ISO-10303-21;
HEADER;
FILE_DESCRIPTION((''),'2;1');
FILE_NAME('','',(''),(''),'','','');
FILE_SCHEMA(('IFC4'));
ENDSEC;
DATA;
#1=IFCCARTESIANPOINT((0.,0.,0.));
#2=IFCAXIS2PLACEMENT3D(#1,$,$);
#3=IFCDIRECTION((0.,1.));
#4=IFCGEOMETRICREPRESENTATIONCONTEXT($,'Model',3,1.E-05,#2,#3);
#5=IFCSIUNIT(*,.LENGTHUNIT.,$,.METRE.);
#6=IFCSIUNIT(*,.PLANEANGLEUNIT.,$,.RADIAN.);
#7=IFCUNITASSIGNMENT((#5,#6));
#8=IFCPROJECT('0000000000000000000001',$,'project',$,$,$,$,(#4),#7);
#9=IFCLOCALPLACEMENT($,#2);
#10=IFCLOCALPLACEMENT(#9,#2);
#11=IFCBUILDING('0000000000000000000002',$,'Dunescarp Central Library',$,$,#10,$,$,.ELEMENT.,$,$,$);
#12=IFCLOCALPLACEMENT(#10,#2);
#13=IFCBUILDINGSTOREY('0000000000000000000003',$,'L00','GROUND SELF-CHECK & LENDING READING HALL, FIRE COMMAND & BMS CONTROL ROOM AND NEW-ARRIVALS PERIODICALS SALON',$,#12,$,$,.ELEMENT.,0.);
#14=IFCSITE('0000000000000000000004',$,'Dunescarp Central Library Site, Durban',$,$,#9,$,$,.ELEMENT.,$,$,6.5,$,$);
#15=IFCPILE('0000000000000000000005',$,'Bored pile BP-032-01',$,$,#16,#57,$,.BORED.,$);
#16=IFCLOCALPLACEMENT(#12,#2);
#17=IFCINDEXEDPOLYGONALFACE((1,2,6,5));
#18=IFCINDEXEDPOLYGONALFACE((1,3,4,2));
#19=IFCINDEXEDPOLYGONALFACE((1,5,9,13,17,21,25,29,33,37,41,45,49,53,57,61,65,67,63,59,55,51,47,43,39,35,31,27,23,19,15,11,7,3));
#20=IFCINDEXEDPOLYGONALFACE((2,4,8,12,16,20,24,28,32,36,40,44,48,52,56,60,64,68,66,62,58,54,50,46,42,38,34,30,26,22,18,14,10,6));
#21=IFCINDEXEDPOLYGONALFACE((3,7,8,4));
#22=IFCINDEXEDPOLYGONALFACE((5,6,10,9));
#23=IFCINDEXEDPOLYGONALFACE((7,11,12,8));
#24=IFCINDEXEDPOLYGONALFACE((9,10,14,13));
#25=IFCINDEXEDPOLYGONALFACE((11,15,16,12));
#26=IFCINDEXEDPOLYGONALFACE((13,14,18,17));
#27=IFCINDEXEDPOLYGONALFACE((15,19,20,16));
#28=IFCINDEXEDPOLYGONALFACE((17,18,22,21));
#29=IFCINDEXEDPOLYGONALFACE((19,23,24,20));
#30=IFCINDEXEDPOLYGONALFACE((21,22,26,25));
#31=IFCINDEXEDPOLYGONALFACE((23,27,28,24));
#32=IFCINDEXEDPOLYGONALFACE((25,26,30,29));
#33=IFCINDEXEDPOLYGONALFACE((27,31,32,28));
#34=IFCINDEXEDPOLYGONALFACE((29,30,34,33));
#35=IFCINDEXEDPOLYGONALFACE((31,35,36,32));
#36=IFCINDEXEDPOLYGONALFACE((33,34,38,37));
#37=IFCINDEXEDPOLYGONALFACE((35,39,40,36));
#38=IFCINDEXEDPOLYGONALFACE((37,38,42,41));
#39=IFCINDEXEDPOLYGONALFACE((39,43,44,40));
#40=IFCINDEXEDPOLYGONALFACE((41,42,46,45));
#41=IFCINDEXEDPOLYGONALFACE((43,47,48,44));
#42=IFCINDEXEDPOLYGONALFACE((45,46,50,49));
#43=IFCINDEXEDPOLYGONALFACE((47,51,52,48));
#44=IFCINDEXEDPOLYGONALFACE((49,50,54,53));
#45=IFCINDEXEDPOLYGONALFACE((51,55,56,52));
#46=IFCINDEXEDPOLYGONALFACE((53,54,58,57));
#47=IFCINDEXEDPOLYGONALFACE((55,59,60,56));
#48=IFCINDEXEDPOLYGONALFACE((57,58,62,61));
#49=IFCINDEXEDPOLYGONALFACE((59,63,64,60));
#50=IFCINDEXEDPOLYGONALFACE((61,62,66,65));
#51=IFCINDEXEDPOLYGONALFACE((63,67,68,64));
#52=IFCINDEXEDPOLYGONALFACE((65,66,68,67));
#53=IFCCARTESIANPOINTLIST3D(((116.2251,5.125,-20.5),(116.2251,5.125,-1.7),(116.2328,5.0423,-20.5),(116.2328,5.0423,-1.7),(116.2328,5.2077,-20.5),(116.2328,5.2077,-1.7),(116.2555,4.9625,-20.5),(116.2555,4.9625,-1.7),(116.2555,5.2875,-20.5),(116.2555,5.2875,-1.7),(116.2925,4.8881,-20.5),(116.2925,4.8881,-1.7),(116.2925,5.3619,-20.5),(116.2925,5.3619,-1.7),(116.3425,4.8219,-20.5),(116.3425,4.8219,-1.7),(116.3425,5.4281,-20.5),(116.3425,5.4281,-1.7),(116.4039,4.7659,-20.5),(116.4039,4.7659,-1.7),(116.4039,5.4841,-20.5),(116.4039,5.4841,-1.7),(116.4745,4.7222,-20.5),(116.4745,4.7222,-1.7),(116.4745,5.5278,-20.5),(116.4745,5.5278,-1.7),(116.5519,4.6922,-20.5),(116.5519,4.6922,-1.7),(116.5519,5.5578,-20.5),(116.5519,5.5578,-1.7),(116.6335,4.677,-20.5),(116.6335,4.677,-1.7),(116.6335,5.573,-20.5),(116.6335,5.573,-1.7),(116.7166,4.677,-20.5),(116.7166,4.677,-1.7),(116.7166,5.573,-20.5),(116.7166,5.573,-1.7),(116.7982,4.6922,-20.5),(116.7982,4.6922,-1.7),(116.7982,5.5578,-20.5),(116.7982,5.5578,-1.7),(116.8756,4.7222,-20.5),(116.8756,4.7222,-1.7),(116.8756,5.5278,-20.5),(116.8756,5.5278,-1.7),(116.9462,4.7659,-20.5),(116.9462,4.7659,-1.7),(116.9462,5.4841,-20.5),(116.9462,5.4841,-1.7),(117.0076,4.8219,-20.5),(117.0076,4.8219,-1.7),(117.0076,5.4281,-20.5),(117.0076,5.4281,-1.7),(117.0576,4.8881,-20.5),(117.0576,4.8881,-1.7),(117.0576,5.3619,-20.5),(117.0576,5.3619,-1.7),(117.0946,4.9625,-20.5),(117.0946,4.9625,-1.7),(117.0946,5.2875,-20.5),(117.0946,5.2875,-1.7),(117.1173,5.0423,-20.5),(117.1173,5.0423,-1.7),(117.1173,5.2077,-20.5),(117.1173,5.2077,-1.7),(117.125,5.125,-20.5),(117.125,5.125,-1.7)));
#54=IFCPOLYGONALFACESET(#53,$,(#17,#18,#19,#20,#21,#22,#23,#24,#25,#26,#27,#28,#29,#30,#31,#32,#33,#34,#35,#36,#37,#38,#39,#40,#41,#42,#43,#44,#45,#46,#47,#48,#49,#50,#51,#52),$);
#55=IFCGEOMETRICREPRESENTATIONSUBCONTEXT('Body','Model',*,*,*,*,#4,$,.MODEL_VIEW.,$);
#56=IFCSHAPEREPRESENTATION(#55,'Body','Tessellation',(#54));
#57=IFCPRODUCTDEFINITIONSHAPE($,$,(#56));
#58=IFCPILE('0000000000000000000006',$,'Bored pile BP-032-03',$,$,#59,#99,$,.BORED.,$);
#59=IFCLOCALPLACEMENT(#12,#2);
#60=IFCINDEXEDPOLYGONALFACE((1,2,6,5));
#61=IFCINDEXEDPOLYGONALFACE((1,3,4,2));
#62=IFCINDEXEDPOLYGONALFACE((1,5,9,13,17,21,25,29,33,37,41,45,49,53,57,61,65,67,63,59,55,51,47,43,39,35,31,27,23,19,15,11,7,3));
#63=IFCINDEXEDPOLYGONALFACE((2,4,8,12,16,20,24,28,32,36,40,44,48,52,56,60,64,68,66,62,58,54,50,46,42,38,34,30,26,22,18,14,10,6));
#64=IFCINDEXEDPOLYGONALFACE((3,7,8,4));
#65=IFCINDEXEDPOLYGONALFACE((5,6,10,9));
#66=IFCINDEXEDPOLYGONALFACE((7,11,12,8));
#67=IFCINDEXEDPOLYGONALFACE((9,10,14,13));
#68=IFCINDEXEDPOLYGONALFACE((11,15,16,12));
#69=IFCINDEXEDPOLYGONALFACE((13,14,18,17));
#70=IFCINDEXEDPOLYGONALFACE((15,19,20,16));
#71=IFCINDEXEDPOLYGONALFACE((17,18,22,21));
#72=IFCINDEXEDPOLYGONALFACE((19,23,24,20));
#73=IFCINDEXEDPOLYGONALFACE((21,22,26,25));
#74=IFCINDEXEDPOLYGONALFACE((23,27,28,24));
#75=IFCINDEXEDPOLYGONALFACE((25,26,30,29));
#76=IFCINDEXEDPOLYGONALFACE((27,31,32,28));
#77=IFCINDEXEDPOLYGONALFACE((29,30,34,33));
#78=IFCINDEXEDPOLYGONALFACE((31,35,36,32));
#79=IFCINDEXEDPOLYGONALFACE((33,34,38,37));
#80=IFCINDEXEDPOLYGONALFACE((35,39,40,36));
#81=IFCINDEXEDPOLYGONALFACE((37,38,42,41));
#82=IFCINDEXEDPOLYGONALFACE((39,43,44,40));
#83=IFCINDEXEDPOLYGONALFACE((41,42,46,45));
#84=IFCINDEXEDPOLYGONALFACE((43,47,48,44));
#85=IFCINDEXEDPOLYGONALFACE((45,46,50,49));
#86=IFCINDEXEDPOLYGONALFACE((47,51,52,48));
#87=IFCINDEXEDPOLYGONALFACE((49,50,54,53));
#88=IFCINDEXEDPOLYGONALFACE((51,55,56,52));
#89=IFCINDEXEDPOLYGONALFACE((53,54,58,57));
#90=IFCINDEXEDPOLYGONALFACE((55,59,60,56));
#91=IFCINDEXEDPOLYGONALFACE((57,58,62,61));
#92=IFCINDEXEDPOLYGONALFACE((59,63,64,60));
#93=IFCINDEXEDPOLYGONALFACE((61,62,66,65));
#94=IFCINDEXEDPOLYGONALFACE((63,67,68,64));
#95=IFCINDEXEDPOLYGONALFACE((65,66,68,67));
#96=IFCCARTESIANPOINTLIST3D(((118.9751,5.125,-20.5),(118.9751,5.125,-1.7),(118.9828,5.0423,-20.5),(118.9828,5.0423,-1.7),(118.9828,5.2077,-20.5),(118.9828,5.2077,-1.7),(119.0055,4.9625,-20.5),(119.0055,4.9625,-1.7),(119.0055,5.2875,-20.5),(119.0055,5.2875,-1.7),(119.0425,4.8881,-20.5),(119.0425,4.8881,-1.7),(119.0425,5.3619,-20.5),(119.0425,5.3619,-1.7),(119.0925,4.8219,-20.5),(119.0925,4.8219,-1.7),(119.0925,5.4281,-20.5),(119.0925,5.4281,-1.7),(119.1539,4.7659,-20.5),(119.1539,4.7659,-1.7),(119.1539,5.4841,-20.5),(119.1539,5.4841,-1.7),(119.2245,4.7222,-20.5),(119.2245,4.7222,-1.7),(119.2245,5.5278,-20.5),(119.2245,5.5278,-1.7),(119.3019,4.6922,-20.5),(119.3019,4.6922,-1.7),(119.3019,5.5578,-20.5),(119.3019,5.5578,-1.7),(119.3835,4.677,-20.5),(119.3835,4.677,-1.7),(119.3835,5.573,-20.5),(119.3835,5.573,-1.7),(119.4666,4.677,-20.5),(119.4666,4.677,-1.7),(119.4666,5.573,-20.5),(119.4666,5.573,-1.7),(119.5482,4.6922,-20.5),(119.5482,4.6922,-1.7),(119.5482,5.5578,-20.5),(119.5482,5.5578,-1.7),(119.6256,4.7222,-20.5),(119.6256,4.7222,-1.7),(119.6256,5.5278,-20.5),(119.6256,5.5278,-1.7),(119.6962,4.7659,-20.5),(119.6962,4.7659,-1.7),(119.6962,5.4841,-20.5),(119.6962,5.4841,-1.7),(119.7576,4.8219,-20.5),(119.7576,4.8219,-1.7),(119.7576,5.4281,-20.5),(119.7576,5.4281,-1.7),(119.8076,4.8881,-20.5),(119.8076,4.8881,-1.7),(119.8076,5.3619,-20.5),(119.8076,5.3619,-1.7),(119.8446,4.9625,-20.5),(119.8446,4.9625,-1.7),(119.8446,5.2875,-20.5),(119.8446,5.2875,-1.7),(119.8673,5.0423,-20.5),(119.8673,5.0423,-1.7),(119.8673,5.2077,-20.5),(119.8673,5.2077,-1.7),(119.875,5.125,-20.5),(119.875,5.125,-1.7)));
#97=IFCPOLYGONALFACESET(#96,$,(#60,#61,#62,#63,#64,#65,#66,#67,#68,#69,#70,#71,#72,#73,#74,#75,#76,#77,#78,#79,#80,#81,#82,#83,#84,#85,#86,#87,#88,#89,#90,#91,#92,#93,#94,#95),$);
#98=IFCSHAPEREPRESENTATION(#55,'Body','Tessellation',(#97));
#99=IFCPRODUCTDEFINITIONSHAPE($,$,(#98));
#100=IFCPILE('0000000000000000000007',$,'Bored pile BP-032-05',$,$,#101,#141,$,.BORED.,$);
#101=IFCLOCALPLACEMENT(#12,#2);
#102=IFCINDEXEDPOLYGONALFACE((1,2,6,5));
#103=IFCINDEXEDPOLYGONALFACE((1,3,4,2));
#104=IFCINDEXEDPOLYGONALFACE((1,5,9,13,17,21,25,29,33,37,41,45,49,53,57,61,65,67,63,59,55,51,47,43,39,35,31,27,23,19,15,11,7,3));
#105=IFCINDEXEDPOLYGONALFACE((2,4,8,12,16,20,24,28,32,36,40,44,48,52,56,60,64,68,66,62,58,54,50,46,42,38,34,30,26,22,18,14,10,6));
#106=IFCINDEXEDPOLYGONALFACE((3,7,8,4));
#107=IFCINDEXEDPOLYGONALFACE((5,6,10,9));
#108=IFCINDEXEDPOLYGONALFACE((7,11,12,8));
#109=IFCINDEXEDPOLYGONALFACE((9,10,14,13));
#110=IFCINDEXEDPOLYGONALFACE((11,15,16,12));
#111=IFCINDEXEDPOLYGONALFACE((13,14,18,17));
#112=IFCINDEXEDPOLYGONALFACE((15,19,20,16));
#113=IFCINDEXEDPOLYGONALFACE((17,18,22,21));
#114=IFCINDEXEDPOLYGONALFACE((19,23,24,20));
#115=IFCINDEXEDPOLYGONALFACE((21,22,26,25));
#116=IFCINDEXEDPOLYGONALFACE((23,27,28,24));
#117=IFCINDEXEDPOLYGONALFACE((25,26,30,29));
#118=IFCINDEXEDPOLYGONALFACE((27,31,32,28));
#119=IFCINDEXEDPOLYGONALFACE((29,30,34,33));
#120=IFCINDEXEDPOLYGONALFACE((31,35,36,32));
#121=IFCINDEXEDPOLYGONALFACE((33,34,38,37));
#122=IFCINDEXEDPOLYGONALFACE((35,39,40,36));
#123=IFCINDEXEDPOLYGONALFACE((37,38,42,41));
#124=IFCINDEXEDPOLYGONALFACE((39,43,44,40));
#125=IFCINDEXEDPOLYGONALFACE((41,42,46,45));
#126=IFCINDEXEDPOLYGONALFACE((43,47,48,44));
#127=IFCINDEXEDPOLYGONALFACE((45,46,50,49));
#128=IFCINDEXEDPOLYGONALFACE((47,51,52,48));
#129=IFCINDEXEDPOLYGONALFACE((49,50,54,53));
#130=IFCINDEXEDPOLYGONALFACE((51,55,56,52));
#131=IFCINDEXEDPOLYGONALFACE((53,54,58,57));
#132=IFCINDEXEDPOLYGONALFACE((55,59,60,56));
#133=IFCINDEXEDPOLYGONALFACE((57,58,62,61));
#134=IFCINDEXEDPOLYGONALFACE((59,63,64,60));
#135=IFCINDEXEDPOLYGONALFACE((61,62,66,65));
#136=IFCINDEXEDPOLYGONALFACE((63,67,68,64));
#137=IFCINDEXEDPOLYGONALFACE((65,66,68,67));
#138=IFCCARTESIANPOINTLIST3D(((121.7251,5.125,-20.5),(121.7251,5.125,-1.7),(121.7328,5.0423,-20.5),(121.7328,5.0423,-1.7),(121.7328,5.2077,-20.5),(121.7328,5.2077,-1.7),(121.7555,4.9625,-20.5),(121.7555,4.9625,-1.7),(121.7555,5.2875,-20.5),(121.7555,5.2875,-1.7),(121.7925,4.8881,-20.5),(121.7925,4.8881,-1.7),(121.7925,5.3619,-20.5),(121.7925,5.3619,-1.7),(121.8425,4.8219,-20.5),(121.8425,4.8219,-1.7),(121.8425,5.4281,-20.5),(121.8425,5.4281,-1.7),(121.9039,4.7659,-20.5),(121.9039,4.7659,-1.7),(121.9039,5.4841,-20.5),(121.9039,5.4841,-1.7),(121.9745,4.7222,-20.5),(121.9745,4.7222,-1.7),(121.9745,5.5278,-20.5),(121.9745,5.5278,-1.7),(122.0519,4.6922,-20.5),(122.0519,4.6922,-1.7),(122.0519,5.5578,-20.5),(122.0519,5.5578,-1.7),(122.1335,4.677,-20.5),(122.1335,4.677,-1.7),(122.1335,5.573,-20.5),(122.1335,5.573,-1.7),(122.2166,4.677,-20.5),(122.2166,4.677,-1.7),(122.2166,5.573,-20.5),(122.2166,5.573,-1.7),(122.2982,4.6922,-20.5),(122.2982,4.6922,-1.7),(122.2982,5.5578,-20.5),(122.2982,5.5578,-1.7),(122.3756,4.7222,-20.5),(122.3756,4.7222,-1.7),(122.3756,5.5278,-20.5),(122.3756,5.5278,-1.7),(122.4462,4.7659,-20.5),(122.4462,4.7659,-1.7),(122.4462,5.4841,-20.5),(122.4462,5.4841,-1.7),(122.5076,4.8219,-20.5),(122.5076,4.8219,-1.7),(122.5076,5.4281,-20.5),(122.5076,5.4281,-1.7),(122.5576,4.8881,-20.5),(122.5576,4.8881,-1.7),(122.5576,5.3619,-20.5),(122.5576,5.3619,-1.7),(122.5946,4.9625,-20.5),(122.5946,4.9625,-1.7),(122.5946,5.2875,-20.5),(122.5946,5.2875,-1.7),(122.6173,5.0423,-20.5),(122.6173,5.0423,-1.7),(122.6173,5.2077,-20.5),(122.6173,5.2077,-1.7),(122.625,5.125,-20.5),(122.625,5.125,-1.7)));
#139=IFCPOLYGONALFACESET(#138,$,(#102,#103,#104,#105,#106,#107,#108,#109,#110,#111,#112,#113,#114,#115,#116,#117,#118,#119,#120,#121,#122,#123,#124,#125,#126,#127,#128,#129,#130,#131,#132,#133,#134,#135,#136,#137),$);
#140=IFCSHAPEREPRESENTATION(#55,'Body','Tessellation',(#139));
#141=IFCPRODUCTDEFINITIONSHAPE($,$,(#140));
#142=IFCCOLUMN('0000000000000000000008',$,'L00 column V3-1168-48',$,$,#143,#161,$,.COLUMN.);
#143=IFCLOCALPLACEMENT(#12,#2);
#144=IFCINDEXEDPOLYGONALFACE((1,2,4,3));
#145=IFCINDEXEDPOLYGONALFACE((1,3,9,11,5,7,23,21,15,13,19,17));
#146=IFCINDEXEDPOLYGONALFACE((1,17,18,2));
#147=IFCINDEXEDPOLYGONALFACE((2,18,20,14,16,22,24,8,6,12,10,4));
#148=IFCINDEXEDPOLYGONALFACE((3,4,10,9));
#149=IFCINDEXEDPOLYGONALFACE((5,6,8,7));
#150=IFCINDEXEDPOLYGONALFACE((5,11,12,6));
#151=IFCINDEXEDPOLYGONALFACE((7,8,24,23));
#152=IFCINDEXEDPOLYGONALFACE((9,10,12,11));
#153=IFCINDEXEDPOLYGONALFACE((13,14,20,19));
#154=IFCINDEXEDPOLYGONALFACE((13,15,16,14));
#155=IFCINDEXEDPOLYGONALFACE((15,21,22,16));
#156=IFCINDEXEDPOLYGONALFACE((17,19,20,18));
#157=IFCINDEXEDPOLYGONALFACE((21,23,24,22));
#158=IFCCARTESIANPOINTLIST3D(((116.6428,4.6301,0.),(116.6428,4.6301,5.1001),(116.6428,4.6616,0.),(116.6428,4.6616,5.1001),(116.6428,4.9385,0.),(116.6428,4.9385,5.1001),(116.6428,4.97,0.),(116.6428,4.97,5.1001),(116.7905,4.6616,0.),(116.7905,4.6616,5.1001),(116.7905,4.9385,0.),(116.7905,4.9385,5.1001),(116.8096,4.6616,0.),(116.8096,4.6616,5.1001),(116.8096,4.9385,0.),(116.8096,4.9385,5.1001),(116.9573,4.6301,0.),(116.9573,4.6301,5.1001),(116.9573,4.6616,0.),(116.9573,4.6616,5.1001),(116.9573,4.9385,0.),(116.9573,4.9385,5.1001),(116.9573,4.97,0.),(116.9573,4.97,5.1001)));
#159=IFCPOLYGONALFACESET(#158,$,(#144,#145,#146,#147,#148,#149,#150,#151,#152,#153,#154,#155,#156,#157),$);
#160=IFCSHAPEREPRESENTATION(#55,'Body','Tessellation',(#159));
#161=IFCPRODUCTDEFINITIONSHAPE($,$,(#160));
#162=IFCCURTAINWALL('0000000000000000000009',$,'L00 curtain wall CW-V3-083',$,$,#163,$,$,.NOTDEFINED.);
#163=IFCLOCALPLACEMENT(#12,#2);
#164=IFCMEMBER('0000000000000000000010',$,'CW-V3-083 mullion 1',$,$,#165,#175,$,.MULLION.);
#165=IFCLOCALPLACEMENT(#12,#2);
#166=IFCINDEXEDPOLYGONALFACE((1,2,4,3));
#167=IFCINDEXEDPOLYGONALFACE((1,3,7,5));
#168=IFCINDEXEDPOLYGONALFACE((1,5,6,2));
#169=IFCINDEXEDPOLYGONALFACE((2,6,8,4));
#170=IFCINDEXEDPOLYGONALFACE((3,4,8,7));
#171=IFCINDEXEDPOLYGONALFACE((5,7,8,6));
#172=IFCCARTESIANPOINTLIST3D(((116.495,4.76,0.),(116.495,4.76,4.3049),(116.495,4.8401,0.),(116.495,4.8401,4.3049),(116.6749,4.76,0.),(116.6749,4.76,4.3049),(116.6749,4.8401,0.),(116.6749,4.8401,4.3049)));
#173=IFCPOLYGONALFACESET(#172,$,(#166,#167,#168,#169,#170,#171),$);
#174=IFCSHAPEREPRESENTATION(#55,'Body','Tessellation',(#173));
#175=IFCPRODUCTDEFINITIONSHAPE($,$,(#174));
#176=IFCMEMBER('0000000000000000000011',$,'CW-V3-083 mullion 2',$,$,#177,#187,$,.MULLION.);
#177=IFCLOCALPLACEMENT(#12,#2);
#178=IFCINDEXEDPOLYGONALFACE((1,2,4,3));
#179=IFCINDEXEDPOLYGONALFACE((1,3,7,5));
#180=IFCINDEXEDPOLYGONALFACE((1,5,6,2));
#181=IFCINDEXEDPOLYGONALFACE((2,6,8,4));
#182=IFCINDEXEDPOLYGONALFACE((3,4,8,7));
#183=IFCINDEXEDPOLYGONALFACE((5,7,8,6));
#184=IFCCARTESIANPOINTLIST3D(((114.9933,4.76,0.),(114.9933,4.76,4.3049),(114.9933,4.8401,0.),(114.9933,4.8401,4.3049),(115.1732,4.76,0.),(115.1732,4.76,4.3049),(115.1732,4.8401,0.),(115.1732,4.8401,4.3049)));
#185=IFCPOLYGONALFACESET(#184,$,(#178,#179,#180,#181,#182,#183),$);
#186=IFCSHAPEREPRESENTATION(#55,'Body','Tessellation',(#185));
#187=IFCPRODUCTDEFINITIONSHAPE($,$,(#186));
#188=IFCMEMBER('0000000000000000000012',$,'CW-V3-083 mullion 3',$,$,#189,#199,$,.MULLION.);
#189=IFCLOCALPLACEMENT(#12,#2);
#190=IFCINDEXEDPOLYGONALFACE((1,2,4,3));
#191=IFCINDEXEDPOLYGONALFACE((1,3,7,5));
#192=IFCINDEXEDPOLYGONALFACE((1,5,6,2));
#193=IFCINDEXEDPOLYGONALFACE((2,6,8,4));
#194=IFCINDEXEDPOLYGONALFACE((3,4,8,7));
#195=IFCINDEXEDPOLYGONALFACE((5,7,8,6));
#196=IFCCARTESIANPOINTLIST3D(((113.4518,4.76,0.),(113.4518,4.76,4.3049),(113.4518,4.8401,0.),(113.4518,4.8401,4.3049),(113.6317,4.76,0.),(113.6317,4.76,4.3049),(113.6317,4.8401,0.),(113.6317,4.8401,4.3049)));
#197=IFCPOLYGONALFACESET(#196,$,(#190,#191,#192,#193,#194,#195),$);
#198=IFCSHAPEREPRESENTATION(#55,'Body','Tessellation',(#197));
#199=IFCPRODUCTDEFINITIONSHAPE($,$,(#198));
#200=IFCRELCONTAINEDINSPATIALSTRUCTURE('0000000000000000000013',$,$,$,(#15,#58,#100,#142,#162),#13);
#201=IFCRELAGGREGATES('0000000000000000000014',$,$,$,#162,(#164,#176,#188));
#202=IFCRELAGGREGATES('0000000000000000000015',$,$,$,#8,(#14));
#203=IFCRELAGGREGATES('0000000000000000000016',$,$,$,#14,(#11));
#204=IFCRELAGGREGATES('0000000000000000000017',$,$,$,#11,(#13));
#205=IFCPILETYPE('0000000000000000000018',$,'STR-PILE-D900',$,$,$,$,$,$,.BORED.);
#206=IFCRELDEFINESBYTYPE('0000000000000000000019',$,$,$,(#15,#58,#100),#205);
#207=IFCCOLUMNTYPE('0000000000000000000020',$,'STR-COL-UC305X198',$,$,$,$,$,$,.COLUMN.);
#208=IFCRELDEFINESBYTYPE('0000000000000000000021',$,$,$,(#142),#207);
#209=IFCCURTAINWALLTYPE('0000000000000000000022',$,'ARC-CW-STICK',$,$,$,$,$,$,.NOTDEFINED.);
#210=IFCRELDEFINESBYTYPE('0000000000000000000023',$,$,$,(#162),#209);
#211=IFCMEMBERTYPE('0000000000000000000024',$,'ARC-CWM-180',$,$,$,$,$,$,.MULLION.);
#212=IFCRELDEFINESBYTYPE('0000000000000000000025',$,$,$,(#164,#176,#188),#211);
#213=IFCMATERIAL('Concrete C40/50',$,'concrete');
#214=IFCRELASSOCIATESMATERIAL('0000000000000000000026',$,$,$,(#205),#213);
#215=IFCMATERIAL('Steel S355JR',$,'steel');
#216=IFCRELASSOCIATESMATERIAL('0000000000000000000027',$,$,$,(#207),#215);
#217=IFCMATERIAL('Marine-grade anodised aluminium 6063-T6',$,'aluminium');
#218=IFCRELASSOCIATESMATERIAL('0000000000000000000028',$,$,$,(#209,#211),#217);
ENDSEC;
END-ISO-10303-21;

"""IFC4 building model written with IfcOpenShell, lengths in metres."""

from ifc_helpers import new_model, si_unit, direction, frame, origin, origin_2d, place, context, subcontext, project, spatial, rectangle, circle, i_section, extrude, material, material_profile, profile_set, type_object, element, aggregate, save


model = new_model("IFC4")

# Units and contexts
model_context = context("Model", 3, precision=1e-05, world=origin(), true_north=direction((0.0, 1.0)))
body_context = subcontext(model_context, "Body", "Model", "MODEL_VIEW")
ifc_project = project(units=[si_unit("LENGTHUNIT", "METRE"), si_unit("PLANEANGLEUNIT", "RADIAN")], contexts=[model_context])

# Site, building, storey
site_placement = place(None, origin())
site = spatial("IfcSite", under=ifc_project, at=site_placement, Name="Dunescarp Central Library Site, Durban", CompositionType="ELEMENT", RefElevation=6.5)
building_placement = place(site_placement, origin())
building = spatial("IfcBuilding", under=site, at=building_placement, Name="Dunescarp Central Library", CompositionType="ELEMENT")
storey_placement = place(building_placement, origin())
storey = spatial("IfcBuildingStorey", under=building, at=storey_placement, Name="L00", Description="GROUND SELF-CHECK & LENDING READING HALL, FIRE COMMAND & BMS CONTROL ROOM AND NEW-ARRIVALS PERIODICALS SALON", CompositionType="ELEMENT", Elevation=0.0)

# Piles
ifc_material_1 = material(Name="Concrete C40/50", Category="concrete")
ifc_material_profile_1 = material_profile(ifc_material_1, circle(Radius=0.45, at=origin_2d()), Name="PILE D900")
ifc_profile_set_1 = profile_set([ifc_material_profile_1], Name="Concrete C40/50")
pile_type = type_object("IfcPileType", Name="STR-PILE-D900", PredefinedType="BORED", material=ifc_profile_set_1)
for number, where, z_axis, x_axis, name in (
    (1, (116.675, 5.125, -1.7), (0.0, 0.0, -1.0), (1.0, 0.0, 0.0), "Bored pile BP-032-01"),
    (2, (119.425, 5.125, -1.7), (0.0, 0.0, -1.0), (1.0, 0.0, 0.0), "Bored pile BP-032-03"),
    (3, (122.175, 5.125, -1.7), (0.0, 0.0, -1.0), (1.0, 0.0, 0.0), "Bored pile BP-032-05"),
):
    element("IfcPile", number, at=place(storey_placement, frame(where, z_axis=z_axis, x_axis=x_axis)), inside=storey, type_object=pile_type, Name=name, PredefinedType="BORED", context=body_context, shape_type="SweptSolid", body=[
        extrude(circle(Radius=0.45, at=origin_2d()), origin(), (0.0, 0.0, 1.0), 18.8),
    ])

# Column
ifc_material_2 = material(Name="Steel S355JR", Category="steel")
ifc_material_profile_2 = material_profile(ifc_material_2, i_section(OverallWidth=0.3145, OverallDepth=0.3398, WebThickness=0.019, FlangeThickness=0.0315, at=origin_2d()), Name="UC 305x305x198")
ifc_profile_set_2 = profile_set([ifc_material_profile_2], Name="Steel S355JR")
column_type = type_object("IfcColumnType", Name="STR-COL-UC305X198", PredefinedType="COLUMN", material=ifc_profile_set_2)
column_placement = place(storey_placement, frame((116.8, 4.8, 0.0), z_axis=(0.0, 0.0, 1.0), x_axis=(1.0, 0.0, 0.0)))
element("IfcColumn", 4, at=column_placement, inside=storey, type_object=column_type, Name="L00 column V3-1168-48", PredefinedType="COLUMN", context=body_context, shape_type="SweptSolid", body=[
    extrude(i_section(OverallWidth=0.3145, OverallDepth=0.3398, WebThickness=0.019, FlangeThickness=0.0315, at=origin_2d()), origin(), (0.0, 0.0, 1.0), 5.1001),
])

# Curtain wall, members
ifc_material_3 = material(Name="Marine-grade anodised aluminium 6063-T6", Category="aluminium")
curtain_wall_type = type_object("IfcCurtainWallType", Name="ARC-CW-STICK", PredefinedType="NOTDEFINED", material=ifc_material_3)
curtain_wall_placement = place(storey_placement, origin())
curtain_wall = element("IfcCurtainWall", 5, at=curtain_wall_placement, inside=storey, type_object=curtain_wall_type, Name="L00 curtain wall CW-V3-083", PredefinedType="NOTDEFINED")
ifc_material_profile_3 = material_profile(ifc_material_3, rectangle(XDim=0.0801, YDim=0.1799, at=origin_2d()), Name="AL 80x180")
ifc_profile_set_3 = profile_set([ifc_material_profile_3], Name="Marine-grade anodised aluminium 6063-T6")
member_type_1 = type_object("IfcMemberType", Name="ARC-CWM-180", PredefinedType="MULLION", material=ifc_profile_set_3)
member_1_placement = place(storey_placement, frame((116.585, 4.8, 0.0), z_axis=(0.0, 0.0, 1.0), x_axis=(0.0, -1.0, 0.0)))
member_1 = element("IfcMember", 6, at=member_1_placement, type_object=member_type_1, Name="CW-V3-083 mullion 1", PredefinedType="MULLION", context=body_context, shape_type="SweptSolid", body=[
    extrude(rectangle(XDim=0.0801, YDim=0.1799, at=origin_2d()), origin(), (0.0, 0.0, 1.0), 4.3049),
])
member_2_placement = place(storey_placement, frame((115.0833, 4.8, 0.0), z_axis=(0.0, 0.0, 1.0), x_axis=(0.0, -1.0, 0.0)))
member_2 = element("IfcMember", 7, at=member_2_placement, type_object=member_type_1, Name="CW-V3-083 mullion 2", PredefinedType="MULLION", context=body_context, shape_type="SweptSolid", body=[
    extrude(rectangle(XDim=0.0801, YDim=0.1799, at=origin_2d()), origin(), (0.0, 0.0, 1.0), 4.3049),
])
member_3_placement = place(storey_placement, frame((113.5417, 4.8, 0.0), z_axis=(0.0, 0.0, 1.0), x_axis=(0.0, -1.0, 0.0)))
member_3 = element("IfcMember", 8, at=member_3_placement, type_object=member_type_1, Name="CW-V3-083 mullion 3", PredefinedType="MULLION", context=body_context, shape_type="SweptSolid", body=[
    extrude(rectangle(XDim=0.0801, YDim=0.1799, at=origin_2d()), origin(), (0.0, 0.0, 1.0), 4.3049),
])
aggregate(curtain_wall, [member_1, member_2, member_3])

save(model, "model.ifc")
